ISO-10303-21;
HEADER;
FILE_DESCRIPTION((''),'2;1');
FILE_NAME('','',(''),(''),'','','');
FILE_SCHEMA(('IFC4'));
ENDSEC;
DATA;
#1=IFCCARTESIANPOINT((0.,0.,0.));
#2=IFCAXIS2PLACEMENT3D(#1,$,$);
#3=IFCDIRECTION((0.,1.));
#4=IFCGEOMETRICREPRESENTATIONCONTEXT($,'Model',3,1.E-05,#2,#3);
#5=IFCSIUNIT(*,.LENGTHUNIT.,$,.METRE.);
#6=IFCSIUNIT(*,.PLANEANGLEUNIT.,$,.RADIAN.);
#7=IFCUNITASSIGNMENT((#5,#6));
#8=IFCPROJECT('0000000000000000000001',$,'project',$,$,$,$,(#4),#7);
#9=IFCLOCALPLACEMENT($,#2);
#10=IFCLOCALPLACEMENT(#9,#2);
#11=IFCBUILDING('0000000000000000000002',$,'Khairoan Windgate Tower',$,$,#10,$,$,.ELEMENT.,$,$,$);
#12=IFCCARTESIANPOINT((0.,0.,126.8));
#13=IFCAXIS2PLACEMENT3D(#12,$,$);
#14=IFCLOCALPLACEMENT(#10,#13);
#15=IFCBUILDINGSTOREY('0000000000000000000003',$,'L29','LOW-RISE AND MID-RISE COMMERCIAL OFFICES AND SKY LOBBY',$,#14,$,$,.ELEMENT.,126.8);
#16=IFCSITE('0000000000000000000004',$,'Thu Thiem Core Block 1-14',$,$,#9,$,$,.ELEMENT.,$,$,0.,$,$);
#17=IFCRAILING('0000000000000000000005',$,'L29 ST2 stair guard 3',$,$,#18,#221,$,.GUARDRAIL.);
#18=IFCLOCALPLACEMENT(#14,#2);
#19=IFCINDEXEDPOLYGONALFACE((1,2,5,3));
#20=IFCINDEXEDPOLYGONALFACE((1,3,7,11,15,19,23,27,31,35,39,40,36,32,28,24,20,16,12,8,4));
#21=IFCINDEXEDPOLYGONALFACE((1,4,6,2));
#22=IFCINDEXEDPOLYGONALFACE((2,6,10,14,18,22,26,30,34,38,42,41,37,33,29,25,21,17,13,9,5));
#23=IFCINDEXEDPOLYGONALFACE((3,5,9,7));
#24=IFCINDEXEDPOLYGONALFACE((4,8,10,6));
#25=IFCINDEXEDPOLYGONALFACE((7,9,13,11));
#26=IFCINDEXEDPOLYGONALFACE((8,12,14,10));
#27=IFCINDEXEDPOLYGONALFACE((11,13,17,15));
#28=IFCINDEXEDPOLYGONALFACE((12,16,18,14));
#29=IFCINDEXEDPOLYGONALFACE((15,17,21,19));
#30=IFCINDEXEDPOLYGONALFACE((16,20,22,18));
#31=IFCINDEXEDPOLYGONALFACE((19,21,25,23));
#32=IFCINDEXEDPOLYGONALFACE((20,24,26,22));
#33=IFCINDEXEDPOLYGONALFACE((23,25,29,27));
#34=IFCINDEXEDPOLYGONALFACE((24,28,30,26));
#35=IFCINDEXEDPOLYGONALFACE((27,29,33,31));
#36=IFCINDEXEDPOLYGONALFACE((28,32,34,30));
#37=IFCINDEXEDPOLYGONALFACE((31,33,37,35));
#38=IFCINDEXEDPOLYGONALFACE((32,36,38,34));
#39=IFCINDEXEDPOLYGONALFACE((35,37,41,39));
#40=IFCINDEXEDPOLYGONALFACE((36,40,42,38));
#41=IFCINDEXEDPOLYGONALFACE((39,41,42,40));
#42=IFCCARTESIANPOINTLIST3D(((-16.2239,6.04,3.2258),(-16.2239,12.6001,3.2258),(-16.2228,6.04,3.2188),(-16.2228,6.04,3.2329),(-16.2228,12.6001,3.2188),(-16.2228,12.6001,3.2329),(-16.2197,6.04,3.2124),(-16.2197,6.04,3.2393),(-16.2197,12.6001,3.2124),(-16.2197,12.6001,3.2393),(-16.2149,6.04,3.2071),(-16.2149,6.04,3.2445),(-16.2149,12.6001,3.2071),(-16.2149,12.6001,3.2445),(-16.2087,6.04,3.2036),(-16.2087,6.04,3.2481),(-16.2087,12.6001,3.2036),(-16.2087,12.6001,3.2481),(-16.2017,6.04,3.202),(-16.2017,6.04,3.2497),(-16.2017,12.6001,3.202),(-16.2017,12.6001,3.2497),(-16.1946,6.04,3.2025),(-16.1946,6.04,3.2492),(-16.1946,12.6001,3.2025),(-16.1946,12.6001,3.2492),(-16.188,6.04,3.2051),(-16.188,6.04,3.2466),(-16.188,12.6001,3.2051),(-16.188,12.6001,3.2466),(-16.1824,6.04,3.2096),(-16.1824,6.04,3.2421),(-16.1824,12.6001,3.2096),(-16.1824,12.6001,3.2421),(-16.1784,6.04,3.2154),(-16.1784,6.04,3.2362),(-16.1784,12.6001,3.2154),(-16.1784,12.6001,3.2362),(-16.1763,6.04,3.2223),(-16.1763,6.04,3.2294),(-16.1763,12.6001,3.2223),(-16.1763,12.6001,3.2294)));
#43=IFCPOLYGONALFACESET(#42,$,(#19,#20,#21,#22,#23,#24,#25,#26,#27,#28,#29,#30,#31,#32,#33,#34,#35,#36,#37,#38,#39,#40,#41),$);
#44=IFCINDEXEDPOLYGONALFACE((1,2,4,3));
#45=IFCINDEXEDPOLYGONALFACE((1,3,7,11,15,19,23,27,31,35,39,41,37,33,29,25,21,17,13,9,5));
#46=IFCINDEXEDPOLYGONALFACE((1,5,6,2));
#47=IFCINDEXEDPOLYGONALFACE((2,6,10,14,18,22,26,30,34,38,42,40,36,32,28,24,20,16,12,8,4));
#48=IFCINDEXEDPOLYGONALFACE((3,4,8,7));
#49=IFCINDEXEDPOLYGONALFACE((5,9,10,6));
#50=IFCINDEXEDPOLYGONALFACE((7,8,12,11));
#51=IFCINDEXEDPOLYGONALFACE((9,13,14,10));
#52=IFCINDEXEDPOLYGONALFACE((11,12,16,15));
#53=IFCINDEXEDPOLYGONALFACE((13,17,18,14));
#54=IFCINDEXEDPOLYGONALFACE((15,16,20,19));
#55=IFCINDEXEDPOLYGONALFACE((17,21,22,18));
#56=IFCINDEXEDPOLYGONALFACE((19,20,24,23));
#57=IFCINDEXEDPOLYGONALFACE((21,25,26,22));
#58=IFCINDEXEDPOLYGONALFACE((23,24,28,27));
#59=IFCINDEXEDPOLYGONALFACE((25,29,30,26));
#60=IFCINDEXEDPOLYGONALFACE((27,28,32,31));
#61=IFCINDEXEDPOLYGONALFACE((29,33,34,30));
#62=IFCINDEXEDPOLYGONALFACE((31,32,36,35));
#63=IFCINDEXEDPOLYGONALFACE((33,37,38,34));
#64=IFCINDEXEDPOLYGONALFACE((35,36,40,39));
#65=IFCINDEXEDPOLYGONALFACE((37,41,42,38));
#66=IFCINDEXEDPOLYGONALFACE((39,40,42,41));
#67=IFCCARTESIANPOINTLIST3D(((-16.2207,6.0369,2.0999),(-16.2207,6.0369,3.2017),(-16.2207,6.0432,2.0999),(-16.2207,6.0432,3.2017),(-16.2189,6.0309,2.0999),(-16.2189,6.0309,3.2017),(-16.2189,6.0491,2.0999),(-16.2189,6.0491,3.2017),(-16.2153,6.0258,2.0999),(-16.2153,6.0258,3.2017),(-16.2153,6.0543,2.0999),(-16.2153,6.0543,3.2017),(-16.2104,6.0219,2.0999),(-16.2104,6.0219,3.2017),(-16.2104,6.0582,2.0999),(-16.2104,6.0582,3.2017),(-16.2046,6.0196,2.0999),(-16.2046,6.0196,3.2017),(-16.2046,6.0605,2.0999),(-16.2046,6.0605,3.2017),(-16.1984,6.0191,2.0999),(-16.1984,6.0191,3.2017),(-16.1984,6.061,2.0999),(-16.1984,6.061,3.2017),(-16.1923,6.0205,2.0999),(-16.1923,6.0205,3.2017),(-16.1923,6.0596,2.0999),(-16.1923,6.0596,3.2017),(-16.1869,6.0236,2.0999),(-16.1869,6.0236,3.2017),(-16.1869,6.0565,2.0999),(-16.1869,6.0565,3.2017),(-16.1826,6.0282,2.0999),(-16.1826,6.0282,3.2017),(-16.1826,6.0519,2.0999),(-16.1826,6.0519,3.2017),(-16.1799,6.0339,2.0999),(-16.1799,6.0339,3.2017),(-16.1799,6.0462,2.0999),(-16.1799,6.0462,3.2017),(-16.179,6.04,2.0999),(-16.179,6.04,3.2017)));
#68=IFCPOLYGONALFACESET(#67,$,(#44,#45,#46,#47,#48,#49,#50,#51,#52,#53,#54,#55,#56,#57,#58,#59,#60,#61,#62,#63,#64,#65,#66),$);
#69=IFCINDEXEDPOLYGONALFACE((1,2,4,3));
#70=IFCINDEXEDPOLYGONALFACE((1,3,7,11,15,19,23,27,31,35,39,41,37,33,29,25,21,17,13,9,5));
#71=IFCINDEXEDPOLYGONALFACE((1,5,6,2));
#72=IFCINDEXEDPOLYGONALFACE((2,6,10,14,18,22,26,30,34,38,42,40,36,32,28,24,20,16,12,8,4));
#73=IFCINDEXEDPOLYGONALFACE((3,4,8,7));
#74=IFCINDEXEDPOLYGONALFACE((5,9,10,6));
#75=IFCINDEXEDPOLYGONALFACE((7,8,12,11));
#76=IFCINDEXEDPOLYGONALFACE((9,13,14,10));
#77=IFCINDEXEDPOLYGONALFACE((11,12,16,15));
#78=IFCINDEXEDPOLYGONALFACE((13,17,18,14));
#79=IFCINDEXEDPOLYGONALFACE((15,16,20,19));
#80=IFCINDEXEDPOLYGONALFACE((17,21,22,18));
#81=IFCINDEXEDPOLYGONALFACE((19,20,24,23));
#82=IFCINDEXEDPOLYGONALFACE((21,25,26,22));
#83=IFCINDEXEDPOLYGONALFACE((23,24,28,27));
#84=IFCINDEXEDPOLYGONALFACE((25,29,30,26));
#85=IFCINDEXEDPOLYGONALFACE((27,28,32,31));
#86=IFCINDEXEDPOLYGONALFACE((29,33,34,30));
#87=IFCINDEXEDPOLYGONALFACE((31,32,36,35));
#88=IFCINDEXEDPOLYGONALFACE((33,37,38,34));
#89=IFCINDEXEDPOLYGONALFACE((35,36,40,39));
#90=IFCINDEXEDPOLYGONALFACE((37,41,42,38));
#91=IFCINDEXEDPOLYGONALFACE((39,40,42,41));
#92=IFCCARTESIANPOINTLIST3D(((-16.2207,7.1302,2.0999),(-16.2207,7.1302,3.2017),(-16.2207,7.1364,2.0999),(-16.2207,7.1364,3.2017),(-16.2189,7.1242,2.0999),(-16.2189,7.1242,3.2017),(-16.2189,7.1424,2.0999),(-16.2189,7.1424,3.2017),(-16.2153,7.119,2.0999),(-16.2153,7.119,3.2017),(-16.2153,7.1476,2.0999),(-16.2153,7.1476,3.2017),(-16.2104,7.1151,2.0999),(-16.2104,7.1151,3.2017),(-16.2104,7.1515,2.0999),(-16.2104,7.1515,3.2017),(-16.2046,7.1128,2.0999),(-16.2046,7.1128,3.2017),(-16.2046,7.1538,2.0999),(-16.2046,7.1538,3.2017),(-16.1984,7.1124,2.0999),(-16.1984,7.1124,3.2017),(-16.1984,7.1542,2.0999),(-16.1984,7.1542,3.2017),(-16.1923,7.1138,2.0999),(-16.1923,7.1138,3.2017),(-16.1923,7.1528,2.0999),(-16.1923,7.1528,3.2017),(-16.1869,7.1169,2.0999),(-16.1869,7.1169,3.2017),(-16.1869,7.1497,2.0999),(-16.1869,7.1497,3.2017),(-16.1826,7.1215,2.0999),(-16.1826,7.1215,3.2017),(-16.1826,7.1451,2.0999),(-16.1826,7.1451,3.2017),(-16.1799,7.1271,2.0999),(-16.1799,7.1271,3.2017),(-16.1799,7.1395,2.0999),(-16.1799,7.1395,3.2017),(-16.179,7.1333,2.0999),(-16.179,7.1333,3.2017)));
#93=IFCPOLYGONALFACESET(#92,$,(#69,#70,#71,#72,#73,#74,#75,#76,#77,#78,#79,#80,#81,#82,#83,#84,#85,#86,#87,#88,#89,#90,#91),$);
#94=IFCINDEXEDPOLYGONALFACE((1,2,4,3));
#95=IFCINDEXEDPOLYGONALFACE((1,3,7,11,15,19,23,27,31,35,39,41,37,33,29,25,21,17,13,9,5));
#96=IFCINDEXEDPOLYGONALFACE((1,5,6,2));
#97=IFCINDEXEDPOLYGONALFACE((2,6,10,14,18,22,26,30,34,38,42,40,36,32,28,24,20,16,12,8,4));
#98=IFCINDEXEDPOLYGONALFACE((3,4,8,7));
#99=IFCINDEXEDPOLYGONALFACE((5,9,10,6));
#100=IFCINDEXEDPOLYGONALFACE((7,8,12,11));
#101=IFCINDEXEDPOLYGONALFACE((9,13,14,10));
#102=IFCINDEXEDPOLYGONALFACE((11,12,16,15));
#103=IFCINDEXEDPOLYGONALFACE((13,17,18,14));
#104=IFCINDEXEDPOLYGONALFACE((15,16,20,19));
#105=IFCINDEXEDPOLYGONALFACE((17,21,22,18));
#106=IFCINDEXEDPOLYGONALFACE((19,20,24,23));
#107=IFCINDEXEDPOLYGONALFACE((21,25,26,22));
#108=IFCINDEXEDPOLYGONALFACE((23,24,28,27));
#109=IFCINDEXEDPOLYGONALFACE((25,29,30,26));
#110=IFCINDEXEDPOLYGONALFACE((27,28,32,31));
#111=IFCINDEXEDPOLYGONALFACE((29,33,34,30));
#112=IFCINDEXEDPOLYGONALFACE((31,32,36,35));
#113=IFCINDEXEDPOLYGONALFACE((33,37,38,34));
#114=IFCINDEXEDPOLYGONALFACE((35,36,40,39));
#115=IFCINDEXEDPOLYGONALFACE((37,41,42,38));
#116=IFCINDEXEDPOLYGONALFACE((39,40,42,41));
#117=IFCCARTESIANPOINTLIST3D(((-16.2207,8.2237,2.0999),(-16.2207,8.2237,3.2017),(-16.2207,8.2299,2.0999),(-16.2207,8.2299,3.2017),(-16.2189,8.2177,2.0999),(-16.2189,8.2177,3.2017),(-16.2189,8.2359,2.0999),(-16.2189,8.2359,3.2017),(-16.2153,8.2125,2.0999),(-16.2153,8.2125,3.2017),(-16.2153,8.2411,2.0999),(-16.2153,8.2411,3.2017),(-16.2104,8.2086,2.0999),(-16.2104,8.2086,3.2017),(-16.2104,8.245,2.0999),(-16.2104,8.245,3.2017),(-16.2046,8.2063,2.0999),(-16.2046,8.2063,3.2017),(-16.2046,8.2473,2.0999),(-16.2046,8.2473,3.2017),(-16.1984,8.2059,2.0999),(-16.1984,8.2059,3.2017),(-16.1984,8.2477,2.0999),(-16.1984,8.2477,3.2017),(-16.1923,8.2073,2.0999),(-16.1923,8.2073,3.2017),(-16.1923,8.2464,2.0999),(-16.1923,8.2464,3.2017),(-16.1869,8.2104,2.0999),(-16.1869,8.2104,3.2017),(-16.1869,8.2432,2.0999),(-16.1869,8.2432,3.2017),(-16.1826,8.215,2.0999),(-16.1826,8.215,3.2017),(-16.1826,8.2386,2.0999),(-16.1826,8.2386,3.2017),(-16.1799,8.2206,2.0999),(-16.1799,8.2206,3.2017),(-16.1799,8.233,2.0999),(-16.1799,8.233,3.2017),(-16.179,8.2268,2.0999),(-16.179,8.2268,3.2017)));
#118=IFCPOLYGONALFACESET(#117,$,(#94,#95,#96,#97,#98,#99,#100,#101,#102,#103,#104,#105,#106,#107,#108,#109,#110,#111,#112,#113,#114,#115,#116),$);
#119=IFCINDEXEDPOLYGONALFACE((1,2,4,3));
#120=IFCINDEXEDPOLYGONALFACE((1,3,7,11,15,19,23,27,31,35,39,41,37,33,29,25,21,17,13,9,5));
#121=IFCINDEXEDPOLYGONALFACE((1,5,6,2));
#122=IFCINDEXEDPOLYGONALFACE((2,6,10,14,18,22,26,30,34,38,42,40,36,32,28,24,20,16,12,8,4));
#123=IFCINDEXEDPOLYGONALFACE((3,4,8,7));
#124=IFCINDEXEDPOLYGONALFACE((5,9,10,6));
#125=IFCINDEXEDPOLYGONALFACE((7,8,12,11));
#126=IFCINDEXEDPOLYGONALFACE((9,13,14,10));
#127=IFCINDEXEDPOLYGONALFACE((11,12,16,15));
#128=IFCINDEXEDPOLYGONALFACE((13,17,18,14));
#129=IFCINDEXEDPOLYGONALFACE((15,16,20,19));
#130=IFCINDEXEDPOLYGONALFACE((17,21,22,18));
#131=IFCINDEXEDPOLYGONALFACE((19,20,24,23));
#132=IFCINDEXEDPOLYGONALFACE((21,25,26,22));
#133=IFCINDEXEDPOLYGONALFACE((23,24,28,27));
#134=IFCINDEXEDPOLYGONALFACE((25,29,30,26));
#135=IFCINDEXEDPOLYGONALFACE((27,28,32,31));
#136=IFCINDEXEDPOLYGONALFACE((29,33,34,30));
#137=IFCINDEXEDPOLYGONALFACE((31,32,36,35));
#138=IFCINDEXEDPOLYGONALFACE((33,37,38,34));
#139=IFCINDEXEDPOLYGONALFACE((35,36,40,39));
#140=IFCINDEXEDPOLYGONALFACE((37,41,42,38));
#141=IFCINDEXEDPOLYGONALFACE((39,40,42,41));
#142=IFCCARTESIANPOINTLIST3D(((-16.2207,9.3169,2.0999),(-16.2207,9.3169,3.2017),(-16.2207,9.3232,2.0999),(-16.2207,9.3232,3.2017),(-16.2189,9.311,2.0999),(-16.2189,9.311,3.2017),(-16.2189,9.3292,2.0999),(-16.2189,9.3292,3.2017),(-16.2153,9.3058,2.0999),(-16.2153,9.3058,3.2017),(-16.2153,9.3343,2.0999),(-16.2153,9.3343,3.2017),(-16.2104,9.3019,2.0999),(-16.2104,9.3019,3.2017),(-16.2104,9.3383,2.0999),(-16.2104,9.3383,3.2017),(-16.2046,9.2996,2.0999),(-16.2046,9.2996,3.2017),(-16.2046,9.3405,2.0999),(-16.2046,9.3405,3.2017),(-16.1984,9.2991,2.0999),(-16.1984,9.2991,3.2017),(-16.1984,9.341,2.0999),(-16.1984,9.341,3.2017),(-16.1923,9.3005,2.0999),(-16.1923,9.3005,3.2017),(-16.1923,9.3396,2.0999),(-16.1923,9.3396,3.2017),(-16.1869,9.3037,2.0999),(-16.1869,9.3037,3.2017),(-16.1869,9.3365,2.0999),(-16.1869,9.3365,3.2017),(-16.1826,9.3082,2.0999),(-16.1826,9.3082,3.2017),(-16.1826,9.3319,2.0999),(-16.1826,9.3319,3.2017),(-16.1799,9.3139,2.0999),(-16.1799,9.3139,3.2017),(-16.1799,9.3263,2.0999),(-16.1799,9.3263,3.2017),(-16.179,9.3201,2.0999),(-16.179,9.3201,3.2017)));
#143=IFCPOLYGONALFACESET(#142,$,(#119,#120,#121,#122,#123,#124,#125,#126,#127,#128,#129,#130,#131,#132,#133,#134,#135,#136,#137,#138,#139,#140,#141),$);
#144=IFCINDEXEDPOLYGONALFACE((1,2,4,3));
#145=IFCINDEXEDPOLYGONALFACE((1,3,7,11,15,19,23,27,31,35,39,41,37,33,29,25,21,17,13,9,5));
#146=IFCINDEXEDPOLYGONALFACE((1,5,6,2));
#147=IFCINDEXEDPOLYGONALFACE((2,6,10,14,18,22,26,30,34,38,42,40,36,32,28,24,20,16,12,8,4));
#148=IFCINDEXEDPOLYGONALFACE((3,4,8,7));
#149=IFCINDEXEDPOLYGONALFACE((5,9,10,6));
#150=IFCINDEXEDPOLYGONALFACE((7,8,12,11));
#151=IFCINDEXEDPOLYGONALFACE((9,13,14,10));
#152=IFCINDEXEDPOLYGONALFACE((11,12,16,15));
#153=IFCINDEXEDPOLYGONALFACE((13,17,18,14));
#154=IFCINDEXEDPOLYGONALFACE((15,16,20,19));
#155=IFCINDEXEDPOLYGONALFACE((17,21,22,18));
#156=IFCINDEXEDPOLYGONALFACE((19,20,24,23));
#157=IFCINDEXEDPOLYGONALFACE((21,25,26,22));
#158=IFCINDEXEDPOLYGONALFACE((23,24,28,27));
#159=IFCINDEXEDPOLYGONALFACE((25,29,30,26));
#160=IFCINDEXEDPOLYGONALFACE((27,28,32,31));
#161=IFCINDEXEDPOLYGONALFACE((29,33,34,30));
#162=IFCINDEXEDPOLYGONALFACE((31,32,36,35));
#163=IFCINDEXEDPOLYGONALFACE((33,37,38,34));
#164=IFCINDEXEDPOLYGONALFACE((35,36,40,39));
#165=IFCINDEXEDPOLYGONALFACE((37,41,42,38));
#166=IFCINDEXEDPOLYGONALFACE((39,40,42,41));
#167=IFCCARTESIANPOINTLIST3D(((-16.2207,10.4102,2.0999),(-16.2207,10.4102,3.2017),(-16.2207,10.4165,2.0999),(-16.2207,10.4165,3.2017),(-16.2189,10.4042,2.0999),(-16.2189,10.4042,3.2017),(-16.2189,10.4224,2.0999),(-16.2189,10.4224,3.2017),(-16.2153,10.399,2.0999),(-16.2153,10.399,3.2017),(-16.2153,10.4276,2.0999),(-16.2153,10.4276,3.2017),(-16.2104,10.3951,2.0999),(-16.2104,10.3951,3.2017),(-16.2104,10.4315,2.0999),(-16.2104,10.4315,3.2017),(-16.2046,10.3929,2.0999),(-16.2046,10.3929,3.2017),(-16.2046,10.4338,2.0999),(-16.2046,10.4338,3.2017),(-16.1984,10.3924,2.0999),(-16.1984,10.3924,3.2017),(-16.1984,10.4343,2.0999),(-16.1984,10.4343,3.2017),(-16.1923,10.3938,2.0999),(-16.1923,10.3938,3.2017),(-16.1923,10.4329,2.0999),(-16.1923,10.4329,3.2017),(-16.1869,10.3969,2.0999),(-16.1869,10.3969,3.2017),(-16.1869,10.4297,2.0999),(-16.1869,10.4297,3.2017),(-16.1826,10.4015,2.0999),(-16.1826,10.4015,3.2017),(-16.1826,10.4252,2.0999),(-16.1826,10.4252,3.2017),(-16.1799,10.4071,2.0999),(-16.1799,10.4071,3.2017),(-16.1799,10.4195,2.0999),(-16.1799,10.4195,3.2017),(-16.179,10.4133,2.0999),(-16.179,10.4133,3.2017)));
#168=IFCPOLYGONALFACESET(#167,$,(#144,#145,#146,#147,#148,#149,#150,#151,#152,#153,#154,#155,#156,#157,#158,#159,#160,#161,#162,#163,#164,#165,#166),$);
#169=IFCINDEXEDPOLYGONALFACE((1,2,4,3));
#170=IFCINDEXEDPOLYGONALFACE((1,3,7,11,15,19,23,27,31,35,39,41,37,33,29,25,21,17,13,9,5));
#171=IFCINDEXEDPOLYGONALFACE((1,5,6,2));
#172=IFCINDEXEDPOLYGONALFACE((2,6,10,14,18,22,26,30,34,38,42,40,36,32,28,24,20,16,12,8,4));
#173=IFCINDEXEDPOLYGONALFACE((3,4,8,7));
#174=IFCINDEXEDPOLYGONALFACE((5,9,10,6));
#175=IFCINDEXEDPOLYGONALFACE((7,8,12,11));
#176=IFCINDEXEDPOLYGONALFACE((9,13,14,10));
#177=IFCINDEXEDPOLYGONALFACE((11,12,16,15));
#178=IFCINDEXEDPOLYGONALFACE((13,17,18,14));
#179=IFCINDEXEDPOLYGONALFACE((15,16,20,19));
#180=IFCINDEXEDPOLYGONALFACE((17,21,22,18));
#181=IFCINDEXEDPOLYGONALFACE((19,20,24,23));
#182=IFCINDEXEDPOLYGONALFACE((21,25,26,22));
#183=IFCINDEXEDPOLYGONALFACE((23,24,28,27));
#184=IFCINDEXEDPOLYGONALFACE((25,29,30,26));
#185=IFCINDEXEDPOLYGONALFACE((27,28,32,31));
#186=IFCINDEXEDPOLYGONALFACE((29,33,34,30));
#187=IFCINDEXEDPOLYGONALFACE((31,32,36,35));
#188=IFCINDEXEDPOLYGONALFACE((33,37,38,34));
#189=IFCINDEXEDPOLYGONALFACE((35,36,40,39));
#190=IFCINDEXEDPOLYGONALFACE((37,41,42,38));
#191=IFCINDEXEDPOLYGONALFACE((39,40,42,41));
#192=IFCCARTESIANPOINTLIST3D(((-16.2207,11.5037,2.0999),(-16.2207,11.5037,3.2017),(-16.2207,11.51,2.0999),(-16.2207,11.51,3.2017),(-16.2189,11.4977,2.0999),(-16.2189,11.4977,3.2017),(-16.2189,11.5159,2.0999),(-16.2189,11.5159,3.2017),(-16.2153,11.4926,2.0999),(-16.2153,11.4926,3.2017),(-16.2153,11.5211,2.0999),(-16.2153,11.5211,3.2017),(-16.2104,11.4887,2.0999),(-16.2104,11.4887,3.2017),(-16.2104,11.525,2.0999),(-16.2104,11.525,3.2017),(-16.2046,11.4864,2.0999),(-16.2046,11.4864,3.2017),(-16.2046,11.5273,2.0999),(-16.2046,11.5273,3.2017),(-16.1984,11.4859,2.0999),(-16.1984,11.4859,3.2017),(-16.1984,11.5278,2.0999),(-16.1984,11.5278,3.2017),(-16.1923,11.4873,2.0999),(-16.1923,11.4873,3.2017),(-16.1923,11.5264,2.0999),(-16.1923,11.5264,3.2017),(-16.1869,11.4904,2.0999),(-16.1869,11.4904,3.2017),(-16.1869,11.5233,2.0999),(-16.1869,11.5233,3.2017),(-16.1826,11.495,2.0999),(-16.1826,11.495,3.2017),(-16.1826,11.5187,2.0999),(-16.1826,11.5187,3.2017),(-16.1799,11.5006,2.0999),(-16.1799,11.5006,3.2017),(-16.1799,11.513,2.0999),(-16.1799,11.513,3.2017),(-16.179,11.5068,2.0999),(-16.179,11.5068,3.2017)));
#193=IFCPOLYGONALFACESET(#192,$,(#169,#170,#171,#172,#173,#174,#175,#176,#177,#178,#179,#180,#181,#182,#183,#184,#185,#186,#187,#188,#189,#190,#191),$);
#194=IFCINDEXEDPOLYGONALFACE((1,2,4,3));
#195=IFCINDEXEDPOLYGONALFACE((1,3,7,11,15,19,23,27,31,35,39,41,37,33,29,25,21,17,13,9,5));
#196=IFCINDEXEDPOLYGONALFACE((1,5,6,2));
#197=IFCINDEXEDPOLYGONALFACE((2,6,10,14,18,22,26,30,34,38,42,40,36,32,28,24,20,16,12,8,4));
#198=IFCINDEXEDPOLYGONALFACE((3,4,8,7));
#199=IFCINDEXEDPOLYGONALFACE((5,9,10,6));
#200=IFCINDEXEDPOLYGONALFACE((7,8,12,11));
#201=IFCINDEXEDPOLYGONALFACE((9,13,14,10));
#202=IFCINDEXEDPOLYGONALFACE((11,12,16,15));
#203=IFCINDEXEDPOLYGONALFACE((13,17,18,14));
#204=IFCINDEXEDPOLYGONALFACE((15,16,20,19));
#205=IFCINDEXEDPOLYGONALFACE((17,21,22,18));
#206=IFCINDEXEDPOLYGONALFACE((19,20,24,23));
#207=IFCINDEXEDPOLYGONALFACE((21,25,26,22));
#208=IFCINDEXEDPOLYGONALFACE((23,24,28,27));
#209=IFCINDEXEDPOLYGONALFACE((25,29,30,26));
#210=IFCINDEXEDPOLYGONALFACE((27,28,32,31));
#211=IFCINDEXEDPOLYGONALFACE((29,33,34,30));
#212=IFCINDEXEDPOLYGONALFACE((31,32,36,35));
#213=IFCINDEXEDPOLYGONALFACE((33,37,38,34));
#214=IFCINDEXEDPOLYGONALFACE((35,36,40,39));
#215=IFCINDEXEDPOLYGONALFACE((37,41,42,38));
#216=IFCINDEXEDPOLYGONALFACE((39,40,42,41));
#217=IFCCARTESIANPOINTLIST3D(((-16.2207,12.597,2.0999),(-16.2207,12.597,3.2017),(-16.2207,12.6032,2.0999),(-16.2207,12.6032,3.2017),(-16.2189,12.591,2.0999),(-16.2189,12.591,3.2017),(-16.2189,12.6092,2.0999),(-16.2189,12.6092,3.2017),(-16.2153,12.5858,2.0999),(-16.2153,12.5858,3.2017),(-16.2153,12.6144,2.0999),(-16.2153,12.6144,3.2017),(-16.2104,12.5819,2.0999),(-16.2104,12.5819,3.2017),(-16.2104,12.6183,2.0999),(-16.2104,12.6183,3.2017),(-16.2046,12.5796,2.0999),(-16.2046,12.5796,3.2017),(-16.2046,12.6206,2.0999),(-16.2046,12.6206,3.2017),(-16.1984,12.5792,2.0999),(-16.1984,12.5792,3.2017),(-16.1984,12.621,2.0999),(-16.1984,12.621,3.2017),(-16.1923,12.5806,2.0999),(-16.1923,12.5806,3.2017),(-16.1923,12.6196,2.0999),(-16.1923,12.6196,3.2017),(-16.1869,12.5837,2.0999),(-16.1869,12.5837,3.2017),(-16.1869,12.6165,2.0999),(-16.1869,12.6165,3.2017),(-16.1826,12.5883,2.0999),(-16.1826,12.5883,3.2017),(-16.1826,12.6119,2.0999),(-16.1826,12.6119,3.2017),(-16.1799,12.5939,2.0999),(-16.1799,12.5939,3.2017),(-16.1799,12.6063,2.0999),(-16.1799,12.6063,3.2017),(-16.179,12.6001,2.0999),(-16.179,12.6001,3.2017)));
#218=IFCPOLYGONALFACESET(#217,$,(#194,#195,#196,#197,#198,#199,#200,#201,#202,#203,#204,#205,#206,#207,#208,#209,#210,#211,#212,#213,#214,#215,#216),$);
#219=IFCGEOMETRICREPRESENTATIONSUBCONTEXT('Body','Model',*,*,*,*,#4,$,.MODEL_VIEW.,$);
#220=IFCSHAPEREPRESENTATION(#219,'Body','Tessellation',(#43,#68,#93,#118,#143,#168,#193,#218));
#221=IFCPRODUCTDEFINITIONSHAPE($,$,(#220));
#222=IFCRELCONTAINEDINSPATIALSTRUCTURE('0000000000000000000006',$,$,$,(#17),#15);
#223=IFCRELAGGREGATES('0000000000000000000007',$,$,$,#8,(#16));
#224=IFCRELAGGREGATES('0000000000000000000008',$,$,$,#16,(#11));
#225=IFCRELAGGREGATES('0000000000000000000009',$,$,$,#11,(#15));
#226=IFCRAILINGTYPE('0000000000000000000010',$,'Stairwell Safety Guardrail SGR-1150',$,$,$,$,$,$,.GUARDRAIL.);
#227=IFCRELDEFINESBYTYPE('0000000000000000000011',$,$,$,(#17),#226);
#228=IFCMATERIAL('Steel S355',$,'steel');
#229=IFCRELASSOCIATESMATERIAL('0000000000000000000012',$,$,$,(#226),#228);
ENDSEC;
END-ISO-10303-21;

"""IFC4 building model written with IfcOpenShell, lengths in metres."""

from ifc_helpers import new_model, si_unit, direction, frame, origin, origin_2d, place, context, subcontext, project, spatial, circle, extrude, material, type_object, element, save


model = new_model("IFC4")

# Units and contexts
model_context = context("Model", 3, precision=1e-05, world=origin(), true_north=direction((0.0, 1.0)))
body_context = subcontext(model_context, "Body", "Model", "MODEL_VIEW")
ifc_project = project(units=[si_unit("LENGTHUNIT", "METRE"), si_unit("PLANEANGLEUNIT", "RADIAN")], contexts=[model_context])

# Site, building, storey
site_placement = place(None, origin())
site = spatial("IfcSite", under=ifc_project, at=site_placement, Name="Thu Thiem Core Block 1-14", CompositionType="ELEMENT", RefElevation=0.0)
building_placement = place(site_placement, origin())
building = spatial("IfcBuilding", under=site, at=building_placement, Name="Khairoan Windgate Tower", CompositionType="ELEMENT")
storey_placement = place(building_placement, frame((0.0, 0.0, 126.8)))
storey = spatial("IfcBuildingStorey", under=building, at=storey_placement, Name="L29", Description="LOW-RISE AND MID-RISE COMMERCIAL OFFICES AND SKY LOBBY", CompositionType="ELEMENT", Elevation=126.8)

# Railing
ifc_material_1 = material(Name="Steel S355", Category="steel")
railing_type_1 = type_object("IfcRailingType", Name="Stairwell Safety Guardrail SGR-1150", PredefinedType="GUARDRAIL", material=ifc_material_1)
railing_1_placement = place(storey_placement, frame((-16.2, 6.04, 2.0999)))
element("IfcRailing", 1, at=railing_1_placement, inside=storey, type_object=railing_type_1, Name="L29 ST2 stair guard 3", PredefinedType="GUARDRAIL", context=body_context, shape_type="SweptSolid", body=[
    extrude(circle(Radius=0.0239, at=origin_2d()), frame((0.0, 0.0, 1.126), z_axis=(0.0, 1.0, 0.0), x_axis=(-1.0, 0.0, 0.0)), (0.0, 0.0, 1.0), 6.5601),
    extrude(circle(Radius=0.021, at=origin_2d()), origin(), (0.0, 0.0, 1.0), 1.1018),
    extrude(circle(Radius=0.021, at=origin_2d()), frame((0.0, 1.0933, 0.0)), (0.0, 0.0, 1.0), 1.1018),
    extrude(circle(Radius=0.021, at=origin_2d()), frame((0.0, 2.1868, 0.0)), (0.0, 0.0, 1.0), 1.1018),
    extrude(circle(Radius=0.021, at=origin_2d()), frame((0.0, 3.28, 0.0)), (0.0, 0.0, 1.0), 1.1018),
    extrude(circle(Radius=0.021, at=origin_2d()), frame((0.0, 4.3733, 0.0)), (0.0, 0.0, 1.0), 1.1018),
    extrude(circle(Radius=0.021, at=origin_2d()), frame((0.0, 5.4668, 0.0)), (0.0, 0.0, 1.0), 1.1018),
    extrude(circle(Radius=0.021, at=origin_2d()), frame((0.0, 6.5601, 0.0)), (0.0, 0.0, 1.0), 1.1018),
])

save(model, "model.ifc")
